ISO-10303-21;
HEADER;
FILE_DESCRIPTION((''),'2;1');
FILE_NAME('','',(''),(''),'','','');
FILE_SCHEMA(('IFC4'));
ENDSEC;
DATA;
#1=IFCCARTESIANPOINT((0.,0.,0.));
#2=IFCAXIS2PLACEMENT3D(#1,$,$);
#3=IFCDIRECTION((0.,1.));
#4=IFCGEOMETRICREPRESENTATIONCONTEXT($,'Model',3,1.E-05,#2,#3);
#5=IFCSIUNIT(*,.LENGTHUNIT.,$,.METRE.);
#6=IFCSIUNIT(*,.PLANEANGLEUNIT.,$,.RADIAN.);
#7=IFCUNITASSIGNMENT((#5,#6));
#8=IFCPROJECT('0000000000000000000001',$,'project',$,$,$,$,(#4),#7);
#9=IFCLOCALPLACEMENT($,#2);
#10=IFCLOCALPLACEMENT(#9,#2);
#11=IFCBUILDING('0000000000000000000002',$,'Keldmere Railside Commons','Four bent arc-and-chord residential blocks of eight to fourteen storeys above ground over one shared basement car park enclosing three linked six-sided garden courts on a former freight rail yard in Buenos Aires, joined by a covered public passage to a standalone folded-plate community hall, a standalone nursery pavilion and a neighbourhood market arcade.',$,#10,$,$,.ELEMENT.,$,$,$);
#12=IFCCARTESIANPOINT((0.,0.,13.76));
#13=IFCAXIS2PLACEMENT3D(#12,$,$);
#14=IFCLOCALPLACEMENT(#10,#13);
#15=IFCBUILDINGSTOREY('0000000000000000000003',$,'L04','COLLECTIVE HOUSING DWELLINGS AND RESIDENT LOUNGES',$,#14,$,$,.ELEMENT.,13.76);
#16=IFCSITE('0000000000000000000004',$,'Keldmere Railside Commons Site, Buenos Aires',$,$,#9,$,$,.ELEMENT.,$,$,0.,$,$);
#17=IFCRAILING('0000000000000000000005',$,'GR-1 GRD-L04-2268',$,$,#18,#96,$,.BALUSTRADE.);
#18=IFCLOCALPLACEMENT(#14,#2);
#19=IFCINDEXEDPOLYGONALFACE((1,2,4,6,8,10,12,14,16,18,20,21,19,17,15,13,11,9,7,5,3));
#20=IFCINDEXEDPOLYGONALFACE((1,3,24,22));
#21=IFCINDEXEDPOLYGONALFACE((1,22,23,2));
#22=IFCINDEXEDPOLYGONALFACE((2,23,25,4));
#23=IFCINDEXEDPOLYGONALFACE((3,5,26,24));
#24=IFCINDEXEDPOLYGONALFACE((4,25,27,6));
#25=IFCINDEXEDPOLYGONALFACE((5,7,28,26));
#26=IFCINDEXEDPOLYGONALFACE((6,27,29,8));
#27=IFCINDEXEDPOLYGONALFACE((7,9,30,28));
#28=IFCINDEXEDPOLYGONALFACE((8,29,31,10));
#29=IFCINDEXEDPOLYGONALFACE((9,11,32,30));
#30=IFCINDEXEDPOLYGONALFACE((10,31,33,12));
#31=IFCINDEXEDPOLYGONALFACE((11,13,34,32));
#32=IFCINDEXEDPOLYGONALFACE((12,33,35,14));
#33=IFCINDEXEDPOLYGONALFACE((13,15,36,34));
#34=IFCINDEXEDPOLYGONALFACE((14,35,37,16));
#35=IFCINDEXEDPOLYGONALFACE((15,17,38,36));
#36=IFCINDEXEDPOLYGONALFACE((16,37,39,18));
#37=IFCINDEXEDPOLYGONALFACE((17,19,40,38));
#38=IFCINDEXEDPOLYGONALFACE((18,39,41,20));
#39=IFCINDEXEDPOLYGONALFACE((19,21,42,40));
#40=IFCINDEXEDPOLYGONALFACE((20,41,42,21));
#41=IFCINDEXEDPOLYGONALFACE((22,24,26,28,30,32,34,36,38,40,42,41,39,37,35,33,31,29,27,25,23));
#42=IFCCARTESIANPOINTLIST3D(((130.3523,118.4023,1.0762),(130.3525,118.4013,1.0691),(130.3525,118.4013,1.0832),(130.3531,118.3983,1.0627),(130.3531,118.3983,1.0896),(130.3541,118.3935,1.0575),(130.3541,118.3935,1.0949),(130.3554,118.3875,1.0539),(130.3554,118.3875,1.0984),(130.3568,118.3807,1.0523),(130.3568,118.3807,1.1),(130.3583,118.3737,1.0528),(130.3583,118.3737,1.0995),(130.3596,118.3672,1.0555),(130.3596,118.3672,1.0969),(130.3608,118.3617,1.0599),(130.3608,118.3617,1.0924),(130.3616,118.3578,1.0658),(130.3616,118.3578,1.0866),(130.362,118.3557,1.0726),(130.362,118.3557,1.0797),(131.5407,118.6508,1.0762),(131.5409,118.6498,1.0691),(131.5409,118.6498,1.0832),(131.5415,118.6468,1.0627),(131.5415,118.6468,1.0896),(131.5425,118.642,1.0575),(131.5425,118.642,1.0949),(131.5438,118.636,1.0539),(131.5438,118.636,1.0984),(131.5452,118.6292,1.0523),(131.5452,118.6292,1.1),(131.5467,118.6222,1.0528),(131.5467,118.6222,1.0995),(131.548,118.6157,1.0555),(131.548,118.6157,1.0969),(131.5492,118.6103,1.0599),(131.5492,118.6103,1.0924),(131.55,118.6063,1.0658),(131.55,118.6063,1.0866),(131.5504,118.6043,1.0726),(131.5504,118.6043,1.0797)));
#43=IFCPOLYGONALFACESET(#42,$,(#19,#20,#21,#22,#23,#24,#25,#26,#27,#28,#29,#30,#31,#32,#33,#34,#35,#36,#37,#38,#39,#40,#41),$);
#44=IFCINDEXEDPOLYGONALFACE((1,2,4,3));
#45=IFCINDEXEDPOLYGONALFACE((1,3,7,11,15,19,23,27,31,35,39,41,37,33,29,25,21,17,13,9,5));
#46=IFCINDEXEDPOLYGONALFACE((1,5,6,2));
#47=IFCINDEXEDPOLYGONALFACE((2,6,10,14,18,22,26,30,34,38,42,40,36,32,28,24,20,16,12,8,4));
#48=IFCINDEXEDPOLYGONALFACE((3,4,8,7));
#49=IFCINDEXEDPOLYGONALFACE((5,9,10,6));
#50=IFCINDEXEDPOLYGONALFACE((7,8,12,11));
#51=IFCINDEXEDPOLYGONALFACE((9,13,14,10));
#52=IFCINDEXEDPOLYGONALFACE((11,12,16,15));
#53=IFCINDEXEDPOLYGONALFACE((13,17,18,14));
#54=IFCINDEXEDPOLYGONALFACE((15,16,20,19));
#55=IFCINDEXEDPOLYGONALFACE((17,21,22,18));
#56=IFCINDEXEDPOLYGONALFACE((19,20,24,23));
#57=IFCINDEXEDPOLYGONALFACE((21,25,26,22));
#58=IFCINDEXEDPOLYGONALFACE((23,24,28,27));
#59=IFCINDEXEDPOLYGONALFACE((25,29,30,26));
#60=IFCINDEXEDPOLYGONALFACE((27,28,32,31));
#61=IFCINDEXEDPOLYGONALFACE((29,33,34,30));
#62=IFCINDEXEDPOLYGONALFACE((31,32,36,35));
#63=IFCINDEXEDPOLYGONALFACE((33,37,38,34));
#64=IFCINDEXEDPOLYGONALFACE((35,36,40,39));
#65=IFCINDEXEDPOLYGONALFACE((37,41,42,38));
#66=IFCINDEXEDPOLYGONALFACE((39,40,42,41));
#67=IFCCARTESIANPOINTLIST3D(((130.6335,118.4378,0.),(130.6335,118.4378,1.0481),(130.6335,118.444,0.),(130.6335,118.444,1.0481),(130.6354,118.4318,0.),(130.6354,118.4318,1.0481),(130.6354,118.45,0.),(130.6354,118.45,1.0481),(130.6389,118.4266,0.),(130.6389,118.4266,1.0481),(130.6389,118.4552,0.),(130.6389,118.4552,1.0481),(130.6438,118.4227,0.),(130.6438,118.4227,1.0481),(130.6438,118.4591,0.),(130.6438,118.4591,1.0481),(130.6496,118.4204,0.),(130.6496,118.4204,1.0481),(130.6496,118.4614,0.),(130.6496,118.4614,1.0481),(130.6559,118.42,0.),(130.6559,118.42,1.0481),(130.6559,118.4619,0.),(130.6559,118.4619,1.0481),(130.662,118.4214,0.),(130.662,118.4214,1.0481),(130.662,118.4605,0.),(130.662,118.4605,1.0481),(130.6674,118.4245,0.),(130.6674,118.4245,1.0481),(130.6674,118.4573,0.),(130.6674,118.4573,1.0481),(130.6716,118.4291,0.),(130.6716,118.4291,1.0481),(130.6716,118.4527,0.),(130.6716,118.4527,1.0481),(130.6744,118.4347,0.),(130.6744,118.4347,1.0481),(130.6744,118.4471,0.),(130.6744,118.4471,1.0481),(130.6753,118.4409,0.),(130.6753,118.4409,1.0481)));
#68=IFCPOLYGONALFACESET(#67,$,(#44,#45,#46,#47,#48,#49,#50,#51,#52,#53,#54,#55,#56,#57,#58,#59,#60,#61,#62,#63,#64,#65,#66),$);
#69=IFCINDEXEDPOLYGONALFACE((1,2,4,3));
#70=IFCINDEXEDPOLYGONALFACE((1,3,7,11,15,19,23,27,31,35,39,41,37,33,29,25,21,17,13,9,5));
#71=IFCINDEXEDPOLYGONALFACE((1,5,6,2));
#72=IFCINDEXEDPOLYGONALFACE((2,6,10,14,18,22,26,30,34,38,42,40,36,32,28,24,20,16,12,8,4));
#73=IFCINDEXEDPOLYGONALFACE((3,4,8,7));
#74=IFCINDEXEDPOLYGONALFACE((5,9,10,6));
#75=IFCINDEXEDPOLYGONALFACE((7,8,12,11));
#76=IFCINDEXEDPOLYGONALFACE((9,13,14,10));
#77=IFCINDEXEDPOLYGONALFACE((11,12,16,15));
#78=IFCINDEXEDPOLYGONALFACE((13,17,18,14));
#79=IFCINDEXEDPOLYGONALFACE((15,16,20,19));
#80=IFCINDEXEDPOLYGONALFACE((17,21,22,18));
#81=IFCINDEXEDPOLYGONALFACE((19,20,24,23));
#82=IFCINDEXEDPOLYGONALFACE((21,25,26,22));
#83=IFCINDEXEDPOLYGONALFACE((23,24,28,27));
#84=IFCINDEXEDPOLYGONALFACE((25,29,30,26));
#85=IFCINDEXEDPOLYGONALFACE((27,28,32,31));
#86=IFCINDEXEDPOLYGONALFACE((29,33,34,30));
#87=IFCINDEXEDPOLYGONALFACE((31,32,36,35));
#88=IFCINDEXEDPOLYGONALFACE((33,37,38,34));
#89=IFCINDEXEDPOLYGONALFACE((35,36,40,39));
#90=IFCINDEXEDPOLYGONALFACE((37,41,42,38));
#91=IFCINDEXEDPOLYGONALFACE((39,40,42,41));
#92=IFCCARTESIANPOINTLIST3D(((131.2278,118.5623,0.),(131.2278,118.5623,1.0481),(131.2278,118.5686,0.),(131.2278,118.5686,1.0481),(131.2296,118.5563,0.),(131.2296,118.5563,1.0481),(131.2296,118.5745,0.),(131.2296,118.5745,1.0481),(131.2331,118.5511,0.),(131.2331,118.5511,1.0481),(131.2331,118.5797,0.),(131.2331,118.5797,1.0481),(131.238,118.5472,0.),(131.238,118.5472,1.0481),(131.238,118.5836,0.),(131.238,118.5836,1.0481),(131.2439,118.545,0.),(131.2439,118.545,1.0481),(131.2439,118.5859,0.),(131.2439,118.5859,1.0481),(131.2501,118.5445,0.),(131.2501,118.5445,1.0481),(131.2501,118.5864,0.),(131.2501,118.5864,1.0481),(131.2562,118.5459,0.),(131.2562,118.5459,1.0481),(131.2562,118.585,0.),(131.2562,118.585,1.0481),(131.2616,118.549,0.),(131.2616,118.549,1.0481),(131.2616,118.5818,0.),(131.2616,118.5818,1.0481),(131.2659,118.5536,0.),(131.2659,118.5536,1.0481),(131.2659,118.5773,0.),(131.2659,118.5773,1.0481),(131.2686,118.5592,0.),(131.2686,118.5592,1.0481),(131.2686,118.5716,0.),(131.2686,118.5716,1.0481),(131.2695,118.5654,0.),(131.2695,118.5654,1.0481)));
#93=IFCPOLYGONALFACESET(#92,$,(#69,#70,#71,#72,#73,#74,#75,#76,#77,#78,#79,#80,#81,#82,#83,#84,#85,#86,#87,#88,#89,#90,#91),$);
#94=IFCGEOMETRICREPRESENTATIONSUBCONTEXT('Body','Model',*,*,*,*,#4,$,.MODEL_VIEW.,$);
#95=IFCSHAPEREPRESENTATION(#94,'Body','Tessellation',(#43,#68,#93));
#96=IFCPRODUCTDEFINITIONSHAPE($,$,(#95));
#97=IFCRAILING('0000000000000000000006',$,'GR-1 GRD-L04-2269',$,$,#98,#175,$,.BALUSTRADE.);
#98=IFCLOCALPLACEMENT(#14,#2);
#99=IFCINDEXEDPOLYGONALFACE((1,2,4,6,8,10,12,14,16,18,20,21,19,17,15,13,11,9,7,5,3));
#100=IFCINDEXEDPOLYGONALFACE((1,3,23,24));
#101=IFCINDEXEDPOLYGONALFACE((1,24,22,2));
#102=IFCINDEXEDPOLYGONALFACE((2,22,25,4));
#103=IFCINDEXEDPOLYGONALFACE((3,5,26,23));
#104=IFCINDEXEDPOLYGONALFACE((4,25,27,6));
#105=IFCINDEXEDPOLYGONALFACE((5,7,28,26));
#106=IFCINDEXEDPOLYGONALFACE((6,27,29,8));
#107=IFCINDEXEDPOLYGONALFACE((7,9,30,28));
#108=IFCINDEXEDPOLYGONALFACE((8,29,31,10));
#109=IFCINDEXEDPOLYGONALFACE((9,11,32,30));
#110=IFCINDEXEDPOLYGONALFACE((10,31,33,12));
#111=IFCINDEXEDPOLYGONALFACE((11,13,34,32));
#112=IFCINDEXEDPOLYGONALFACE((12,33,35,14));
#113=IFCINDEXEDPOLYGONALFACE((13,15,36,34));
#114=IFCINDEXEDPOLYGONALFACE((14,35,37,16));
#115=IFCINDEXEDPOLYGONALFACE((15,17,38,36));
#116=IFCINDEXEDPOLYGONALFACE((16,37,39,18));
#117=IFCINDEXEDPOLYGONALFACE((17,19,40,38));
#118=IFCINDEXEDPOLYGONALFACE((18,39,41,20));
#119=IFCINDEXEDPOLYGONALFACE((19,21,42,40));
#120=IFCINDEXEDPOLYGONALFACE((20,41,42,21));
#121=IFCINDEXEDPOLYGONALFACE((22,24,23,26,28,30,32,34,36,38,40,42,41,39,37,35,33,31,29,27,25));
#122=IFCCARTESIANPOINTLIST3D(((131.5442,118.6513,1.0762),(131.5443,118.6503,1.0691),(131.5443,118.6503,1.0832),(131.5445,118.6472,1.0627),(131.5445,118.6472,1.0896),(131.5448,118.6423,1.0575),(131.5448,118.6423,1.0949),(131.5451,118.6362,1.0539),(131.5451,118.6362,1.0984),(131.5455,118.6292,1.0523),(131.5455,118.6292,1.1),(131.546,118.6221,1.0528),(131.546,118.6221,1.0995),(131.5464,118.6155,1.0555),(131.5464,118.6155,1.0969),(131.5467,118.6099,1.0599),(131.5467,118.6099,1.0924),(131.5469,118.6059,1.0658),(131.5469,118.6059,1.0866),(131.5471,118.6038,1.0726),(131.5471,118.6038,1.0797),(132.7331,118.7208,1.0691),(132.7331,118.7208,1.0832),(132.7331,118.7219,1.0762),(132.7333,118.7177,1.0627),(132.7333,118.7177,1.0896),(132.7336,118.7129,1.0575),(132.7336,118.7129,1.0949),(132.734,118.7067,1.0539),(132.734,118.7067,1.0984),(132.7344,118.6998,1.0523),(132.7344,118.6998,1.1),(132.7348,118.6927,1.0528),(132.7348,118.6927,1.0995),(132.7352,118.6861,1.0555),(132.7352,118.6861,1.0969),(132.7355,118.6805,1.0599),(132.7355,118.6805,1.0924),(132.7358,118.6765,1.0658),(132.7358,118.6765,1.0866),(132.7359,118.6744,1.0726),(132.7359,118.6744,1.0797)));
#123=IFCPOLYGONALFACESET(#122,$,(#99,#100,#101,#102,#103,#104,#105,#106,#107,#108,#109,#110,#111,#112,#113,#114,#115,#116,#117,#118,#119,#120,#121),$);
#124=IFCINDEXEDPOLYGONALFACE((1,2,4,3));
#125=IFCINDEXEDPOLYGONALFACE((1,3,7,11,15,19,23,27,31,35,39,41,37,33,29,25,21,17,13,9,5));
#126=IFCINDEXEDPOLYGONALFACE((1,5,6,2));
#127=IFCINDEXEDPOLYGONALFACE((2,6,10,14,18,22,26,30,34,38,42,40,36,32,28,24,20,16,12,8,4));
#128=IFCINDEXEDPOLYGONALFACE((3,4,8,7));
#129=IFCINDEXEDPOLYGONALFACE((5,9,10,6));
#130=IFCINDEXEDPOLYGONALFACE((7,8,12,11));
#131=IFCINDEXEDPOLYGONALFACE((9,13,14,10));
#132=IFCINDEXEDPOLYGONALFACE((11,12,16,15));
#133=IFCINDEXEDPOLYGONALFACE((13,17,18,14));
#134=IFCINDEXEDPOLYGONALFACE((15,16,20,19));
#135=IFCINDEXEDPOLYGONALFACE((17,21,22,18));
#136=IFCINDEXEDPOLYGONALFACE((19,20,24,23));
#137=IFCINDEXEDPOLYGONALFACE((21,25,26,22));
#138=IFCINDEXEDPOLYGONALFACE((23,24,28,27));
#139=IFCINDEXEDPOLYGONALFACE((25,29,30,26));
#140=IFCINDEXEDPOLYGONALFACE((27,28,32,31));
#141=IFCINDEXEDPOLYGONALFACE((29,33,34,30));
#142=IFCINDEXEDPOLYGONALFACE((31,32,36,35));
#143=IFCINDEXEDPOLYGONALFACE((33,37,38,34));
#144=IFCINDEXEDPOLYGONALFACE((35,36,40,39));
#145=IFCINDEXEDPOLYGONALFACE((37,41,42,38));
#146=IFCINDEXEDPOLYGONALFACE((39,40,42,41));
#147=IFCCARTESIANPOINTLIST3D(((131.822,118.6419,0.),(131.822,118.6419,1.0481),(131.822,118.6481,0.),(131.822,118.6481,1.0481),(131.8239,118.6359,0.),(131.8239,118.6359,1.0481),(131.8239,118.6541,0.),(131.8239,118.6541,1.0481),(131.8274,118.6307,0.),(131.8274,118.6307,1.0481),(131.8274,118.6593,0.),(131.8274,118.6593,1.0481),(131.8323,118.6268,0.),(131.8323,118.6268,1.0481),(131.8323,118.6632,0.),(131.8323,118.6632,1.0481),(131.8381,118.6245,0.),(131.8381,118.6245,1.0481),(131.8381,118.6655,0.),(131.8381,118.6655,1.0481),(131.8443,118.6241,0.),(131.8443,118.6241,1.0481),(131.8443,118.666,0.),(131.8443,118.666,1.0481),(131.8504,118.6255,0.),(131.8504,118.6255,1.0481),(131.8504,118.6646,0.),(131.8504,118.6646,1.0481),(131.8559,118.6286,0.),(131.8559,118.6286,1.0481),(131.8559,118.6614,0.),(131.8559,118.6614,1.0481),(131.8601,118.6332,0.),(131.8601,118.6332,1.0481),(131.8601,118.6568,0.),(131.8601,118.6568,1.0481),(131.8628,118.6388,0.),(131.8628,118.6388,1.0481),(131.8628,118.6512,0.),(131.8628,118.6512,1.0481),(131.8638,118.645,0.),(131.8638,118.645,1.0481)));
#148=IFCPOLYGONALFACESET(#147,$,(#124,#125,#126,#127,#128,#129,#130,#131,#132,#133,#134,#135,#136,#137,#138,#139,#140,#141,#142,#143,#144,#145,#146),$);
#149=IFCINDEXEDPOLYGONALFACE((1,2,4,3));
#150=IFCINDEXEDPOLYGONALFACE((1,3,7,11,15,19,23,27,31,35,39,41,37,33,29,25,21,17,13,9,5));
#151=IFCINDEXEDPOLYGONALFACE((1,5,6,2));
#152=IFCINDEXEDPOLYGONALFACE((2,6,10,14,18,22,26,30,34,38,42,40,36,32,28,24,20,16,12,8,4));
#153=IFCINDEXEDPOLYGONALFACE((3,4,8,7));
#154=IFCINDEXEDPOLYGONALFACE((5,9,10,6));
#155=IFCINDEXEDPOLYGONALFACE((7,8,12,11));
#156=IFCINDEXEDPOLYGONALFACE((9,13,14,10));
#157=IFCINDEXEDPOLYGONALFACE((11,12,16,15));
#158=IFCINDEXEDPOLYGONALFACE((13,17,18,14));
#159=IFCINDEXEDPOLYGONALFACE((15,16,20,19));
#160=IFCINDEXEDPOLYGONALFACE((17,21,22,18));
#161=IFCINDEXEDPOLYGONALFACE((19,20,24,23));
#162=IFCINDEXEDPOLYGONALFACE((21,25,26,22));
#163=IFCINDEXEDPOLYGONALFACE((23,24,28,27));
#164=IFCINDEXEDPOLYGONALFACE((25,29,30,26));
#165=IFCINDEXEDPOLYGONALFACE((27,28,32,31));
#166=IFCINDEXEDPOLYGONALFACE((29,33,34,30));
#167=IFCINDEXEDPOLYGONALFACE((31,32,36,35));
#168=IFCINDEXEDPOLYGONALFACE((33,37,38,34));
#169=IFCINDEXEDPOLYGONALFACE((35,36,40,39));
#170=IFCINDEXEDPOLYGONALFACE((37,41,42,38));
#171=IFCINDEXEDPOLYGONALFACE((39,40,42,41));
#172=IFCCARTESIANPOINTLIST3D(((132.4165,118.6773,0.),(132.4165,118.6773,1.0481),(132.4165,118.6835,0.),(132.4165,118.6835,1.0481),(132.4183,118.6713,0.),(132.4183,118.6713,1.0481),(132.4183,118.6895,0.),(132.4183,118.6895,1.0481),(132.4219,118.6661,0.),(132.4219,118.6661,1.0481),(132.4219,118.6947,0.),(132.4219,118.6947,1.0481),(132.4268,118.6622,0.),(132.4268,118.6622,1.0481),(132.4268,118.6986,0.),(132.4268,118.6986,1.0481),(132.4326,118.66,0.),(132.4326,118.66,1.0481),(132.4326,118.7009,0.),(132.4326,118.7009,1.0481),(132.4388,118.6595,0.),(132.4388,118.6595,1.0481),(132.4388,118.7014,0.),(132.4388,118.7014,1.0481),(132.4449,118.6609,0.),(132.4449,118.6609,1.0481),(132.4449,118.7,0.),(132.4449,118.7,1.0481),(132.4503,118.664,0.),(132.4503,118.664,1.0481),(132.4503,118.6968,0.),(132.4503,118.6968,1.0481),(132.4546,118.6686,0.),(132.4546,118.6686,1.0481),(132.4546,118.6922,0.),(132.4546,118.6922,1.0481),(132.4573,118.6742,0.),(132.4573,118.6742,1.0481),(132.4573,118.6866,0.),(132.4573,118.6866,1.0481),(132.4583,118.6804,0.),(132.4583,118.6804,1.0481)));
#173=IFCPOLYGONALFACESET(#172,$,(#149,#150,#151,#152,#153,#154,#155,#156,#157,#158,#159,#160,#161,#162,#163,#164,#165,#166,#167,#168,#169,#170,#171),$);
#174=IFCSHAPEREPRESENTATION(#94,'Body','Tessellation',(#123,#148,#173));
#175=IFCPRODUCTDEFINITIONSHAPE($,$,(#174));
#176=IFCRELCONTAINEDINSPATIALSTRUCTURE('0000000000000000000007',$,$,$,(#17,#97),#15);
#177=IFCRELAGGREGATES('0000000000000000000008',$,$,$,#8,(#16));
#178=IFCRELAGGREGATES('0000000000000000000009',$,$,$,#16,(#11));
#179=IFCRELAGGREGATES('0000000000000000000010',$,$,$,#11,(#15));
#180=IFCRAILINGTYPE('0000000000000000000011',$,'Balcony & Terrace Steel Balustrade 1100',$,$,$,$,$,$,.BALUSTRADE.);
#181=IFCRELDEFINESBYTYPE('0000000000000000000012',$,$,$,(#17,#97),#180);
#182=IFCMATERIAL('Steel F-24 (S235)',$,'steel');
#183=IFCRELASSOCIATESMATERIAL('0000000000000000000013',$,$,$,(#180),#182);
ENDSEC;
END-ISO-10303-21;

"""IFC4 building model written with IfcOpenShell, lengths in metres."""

from ifc_helpers import new_model, si_unit, direction, frame, origin, origin_2d, place, context, subcontext, project, spatial, circle, extrude, material, type_object, element, save


model = new_model("IFC4")

# Units and contexts
model_context = context("Model", 3, precision=1e-05, world=origin(), true_north=direction((0.0, 1.0)))
body_context = subcontext(model_context, "Body", "Model", "MODEL_VIEW")
ifc_project = project(units=[si_unit("LENGTHUNIT", "METRE"), si_unit("PLANEANGLEUNIT", "RADIAN")], contexts=[model_context])

# Site, building, storey
site_placement = place(None, origin())
site = spatial("IfcSite", under=ifc_project, at=site_placement, Name="Keldmere Railside Commons Site, Buenos Aires", CompositionType="ELEMENT", RefElevation=0.0)
building_placement = place(site_placement, origin())
building = spatial("IfcBuilding", under=site, at=building_placement, Name="Keldmere Railside Commons", Description="Four bent arc-and-chord residential blocks of eight to fourteen storeys above ground over one shared basement car park enclosing three linked six-sided garden courts on a former freight rail yard in Buenos Aires, joined by a covered public passage to a standalone folded-plate community hall, a standalone nursery pavilion and a neighbourhood market arcade.", CompositionType="ELEMENT")
storey_placement = place(building_placement, frame((0.0, 0.0, 13.76)))
storey = spatial("IfcBuildingStorey", under=building, at=storey_placement, Name="L04", Description="COLLECTIVE HOUSING DWELLINGS AND RESIDENT LOUNGES", CompositionType="ELEMENT", Elevation=13.76)

# Railings
ifc_material_1 = material(Name="Steel F-24 (S235)", Category="steel")
railing_type_1 = type_object("IfcRailingType", Name="Balcony & Terrace Steel Balustrade 1100", PredefinedType="BALUSTRADE", material=ifc_material_1)
railing_1_placement = place(storey_placement, frame((130.3572, 118.3789, 0.0)))
element("IfcRailing", 1, at=railing_1_placement, inside=storey, type_object=railing_type_1, Name="GR-1 GRD-L04-2268", PredefinedType="BALUSTRADE", context=body_context, shape_type="SweptSolid", body=[
    extrude(circle(Radius=0.0239, at=origin_2d()), frame((0.0, 0.0, 1.0762), z_axis=(0.978826, 0.204693, 0.0), x_axis=(-0.204693, 0.978826, 0.0)), (0.0, 0.0, 1.0), 1.2141),
    extrude(circle(Radius=0.021, at=origin_2d()), frame((0.2971, 0.062, 0.0)), (0.0, 0.0, 1.0), 1.0481),
    extrude(circle(Radius=0.021, at=origin_2d()), frame((0.8914, 0.1865, 0.0)), (0.0, 0.0, 1.0), 1.0481),
])
railing_2_placement = place(storey_placement, frame((131.5457, 118.6274, 0.0)))
element("IfcRailing", 2, at=railing_2_placement, inside=storey, type_object=railing_type_1, Name="GR-1 GRD-L04-2269", PredefinedType="BALUSTRADE", context=body_context, shape_type="SweptSolid", body=[
    extrude(circle(Radius=0.0239, at=origin_2d()), frame((0.0, 0.0, 1.0762), z_axis=(0.998243, 0.059251, 0.0), x_axis=(-0.059251, 0.998243, 0.0)), (0.0, 0.0, 1.0), 1.1909),
    extrude(circle(Radius=0.021, at=origin_2d()), frame((0.2971, 0.0176, 0.0)), (0.0, 0.0, 1.0), 1.0481),
    extrude(circle(Radius=0.021, at=origin_2d()), frame((0.8916, 0.053, 0.0)), (0.0, 0.0, 1.0), 1.0481),
])

save(model, "model.ifc")
